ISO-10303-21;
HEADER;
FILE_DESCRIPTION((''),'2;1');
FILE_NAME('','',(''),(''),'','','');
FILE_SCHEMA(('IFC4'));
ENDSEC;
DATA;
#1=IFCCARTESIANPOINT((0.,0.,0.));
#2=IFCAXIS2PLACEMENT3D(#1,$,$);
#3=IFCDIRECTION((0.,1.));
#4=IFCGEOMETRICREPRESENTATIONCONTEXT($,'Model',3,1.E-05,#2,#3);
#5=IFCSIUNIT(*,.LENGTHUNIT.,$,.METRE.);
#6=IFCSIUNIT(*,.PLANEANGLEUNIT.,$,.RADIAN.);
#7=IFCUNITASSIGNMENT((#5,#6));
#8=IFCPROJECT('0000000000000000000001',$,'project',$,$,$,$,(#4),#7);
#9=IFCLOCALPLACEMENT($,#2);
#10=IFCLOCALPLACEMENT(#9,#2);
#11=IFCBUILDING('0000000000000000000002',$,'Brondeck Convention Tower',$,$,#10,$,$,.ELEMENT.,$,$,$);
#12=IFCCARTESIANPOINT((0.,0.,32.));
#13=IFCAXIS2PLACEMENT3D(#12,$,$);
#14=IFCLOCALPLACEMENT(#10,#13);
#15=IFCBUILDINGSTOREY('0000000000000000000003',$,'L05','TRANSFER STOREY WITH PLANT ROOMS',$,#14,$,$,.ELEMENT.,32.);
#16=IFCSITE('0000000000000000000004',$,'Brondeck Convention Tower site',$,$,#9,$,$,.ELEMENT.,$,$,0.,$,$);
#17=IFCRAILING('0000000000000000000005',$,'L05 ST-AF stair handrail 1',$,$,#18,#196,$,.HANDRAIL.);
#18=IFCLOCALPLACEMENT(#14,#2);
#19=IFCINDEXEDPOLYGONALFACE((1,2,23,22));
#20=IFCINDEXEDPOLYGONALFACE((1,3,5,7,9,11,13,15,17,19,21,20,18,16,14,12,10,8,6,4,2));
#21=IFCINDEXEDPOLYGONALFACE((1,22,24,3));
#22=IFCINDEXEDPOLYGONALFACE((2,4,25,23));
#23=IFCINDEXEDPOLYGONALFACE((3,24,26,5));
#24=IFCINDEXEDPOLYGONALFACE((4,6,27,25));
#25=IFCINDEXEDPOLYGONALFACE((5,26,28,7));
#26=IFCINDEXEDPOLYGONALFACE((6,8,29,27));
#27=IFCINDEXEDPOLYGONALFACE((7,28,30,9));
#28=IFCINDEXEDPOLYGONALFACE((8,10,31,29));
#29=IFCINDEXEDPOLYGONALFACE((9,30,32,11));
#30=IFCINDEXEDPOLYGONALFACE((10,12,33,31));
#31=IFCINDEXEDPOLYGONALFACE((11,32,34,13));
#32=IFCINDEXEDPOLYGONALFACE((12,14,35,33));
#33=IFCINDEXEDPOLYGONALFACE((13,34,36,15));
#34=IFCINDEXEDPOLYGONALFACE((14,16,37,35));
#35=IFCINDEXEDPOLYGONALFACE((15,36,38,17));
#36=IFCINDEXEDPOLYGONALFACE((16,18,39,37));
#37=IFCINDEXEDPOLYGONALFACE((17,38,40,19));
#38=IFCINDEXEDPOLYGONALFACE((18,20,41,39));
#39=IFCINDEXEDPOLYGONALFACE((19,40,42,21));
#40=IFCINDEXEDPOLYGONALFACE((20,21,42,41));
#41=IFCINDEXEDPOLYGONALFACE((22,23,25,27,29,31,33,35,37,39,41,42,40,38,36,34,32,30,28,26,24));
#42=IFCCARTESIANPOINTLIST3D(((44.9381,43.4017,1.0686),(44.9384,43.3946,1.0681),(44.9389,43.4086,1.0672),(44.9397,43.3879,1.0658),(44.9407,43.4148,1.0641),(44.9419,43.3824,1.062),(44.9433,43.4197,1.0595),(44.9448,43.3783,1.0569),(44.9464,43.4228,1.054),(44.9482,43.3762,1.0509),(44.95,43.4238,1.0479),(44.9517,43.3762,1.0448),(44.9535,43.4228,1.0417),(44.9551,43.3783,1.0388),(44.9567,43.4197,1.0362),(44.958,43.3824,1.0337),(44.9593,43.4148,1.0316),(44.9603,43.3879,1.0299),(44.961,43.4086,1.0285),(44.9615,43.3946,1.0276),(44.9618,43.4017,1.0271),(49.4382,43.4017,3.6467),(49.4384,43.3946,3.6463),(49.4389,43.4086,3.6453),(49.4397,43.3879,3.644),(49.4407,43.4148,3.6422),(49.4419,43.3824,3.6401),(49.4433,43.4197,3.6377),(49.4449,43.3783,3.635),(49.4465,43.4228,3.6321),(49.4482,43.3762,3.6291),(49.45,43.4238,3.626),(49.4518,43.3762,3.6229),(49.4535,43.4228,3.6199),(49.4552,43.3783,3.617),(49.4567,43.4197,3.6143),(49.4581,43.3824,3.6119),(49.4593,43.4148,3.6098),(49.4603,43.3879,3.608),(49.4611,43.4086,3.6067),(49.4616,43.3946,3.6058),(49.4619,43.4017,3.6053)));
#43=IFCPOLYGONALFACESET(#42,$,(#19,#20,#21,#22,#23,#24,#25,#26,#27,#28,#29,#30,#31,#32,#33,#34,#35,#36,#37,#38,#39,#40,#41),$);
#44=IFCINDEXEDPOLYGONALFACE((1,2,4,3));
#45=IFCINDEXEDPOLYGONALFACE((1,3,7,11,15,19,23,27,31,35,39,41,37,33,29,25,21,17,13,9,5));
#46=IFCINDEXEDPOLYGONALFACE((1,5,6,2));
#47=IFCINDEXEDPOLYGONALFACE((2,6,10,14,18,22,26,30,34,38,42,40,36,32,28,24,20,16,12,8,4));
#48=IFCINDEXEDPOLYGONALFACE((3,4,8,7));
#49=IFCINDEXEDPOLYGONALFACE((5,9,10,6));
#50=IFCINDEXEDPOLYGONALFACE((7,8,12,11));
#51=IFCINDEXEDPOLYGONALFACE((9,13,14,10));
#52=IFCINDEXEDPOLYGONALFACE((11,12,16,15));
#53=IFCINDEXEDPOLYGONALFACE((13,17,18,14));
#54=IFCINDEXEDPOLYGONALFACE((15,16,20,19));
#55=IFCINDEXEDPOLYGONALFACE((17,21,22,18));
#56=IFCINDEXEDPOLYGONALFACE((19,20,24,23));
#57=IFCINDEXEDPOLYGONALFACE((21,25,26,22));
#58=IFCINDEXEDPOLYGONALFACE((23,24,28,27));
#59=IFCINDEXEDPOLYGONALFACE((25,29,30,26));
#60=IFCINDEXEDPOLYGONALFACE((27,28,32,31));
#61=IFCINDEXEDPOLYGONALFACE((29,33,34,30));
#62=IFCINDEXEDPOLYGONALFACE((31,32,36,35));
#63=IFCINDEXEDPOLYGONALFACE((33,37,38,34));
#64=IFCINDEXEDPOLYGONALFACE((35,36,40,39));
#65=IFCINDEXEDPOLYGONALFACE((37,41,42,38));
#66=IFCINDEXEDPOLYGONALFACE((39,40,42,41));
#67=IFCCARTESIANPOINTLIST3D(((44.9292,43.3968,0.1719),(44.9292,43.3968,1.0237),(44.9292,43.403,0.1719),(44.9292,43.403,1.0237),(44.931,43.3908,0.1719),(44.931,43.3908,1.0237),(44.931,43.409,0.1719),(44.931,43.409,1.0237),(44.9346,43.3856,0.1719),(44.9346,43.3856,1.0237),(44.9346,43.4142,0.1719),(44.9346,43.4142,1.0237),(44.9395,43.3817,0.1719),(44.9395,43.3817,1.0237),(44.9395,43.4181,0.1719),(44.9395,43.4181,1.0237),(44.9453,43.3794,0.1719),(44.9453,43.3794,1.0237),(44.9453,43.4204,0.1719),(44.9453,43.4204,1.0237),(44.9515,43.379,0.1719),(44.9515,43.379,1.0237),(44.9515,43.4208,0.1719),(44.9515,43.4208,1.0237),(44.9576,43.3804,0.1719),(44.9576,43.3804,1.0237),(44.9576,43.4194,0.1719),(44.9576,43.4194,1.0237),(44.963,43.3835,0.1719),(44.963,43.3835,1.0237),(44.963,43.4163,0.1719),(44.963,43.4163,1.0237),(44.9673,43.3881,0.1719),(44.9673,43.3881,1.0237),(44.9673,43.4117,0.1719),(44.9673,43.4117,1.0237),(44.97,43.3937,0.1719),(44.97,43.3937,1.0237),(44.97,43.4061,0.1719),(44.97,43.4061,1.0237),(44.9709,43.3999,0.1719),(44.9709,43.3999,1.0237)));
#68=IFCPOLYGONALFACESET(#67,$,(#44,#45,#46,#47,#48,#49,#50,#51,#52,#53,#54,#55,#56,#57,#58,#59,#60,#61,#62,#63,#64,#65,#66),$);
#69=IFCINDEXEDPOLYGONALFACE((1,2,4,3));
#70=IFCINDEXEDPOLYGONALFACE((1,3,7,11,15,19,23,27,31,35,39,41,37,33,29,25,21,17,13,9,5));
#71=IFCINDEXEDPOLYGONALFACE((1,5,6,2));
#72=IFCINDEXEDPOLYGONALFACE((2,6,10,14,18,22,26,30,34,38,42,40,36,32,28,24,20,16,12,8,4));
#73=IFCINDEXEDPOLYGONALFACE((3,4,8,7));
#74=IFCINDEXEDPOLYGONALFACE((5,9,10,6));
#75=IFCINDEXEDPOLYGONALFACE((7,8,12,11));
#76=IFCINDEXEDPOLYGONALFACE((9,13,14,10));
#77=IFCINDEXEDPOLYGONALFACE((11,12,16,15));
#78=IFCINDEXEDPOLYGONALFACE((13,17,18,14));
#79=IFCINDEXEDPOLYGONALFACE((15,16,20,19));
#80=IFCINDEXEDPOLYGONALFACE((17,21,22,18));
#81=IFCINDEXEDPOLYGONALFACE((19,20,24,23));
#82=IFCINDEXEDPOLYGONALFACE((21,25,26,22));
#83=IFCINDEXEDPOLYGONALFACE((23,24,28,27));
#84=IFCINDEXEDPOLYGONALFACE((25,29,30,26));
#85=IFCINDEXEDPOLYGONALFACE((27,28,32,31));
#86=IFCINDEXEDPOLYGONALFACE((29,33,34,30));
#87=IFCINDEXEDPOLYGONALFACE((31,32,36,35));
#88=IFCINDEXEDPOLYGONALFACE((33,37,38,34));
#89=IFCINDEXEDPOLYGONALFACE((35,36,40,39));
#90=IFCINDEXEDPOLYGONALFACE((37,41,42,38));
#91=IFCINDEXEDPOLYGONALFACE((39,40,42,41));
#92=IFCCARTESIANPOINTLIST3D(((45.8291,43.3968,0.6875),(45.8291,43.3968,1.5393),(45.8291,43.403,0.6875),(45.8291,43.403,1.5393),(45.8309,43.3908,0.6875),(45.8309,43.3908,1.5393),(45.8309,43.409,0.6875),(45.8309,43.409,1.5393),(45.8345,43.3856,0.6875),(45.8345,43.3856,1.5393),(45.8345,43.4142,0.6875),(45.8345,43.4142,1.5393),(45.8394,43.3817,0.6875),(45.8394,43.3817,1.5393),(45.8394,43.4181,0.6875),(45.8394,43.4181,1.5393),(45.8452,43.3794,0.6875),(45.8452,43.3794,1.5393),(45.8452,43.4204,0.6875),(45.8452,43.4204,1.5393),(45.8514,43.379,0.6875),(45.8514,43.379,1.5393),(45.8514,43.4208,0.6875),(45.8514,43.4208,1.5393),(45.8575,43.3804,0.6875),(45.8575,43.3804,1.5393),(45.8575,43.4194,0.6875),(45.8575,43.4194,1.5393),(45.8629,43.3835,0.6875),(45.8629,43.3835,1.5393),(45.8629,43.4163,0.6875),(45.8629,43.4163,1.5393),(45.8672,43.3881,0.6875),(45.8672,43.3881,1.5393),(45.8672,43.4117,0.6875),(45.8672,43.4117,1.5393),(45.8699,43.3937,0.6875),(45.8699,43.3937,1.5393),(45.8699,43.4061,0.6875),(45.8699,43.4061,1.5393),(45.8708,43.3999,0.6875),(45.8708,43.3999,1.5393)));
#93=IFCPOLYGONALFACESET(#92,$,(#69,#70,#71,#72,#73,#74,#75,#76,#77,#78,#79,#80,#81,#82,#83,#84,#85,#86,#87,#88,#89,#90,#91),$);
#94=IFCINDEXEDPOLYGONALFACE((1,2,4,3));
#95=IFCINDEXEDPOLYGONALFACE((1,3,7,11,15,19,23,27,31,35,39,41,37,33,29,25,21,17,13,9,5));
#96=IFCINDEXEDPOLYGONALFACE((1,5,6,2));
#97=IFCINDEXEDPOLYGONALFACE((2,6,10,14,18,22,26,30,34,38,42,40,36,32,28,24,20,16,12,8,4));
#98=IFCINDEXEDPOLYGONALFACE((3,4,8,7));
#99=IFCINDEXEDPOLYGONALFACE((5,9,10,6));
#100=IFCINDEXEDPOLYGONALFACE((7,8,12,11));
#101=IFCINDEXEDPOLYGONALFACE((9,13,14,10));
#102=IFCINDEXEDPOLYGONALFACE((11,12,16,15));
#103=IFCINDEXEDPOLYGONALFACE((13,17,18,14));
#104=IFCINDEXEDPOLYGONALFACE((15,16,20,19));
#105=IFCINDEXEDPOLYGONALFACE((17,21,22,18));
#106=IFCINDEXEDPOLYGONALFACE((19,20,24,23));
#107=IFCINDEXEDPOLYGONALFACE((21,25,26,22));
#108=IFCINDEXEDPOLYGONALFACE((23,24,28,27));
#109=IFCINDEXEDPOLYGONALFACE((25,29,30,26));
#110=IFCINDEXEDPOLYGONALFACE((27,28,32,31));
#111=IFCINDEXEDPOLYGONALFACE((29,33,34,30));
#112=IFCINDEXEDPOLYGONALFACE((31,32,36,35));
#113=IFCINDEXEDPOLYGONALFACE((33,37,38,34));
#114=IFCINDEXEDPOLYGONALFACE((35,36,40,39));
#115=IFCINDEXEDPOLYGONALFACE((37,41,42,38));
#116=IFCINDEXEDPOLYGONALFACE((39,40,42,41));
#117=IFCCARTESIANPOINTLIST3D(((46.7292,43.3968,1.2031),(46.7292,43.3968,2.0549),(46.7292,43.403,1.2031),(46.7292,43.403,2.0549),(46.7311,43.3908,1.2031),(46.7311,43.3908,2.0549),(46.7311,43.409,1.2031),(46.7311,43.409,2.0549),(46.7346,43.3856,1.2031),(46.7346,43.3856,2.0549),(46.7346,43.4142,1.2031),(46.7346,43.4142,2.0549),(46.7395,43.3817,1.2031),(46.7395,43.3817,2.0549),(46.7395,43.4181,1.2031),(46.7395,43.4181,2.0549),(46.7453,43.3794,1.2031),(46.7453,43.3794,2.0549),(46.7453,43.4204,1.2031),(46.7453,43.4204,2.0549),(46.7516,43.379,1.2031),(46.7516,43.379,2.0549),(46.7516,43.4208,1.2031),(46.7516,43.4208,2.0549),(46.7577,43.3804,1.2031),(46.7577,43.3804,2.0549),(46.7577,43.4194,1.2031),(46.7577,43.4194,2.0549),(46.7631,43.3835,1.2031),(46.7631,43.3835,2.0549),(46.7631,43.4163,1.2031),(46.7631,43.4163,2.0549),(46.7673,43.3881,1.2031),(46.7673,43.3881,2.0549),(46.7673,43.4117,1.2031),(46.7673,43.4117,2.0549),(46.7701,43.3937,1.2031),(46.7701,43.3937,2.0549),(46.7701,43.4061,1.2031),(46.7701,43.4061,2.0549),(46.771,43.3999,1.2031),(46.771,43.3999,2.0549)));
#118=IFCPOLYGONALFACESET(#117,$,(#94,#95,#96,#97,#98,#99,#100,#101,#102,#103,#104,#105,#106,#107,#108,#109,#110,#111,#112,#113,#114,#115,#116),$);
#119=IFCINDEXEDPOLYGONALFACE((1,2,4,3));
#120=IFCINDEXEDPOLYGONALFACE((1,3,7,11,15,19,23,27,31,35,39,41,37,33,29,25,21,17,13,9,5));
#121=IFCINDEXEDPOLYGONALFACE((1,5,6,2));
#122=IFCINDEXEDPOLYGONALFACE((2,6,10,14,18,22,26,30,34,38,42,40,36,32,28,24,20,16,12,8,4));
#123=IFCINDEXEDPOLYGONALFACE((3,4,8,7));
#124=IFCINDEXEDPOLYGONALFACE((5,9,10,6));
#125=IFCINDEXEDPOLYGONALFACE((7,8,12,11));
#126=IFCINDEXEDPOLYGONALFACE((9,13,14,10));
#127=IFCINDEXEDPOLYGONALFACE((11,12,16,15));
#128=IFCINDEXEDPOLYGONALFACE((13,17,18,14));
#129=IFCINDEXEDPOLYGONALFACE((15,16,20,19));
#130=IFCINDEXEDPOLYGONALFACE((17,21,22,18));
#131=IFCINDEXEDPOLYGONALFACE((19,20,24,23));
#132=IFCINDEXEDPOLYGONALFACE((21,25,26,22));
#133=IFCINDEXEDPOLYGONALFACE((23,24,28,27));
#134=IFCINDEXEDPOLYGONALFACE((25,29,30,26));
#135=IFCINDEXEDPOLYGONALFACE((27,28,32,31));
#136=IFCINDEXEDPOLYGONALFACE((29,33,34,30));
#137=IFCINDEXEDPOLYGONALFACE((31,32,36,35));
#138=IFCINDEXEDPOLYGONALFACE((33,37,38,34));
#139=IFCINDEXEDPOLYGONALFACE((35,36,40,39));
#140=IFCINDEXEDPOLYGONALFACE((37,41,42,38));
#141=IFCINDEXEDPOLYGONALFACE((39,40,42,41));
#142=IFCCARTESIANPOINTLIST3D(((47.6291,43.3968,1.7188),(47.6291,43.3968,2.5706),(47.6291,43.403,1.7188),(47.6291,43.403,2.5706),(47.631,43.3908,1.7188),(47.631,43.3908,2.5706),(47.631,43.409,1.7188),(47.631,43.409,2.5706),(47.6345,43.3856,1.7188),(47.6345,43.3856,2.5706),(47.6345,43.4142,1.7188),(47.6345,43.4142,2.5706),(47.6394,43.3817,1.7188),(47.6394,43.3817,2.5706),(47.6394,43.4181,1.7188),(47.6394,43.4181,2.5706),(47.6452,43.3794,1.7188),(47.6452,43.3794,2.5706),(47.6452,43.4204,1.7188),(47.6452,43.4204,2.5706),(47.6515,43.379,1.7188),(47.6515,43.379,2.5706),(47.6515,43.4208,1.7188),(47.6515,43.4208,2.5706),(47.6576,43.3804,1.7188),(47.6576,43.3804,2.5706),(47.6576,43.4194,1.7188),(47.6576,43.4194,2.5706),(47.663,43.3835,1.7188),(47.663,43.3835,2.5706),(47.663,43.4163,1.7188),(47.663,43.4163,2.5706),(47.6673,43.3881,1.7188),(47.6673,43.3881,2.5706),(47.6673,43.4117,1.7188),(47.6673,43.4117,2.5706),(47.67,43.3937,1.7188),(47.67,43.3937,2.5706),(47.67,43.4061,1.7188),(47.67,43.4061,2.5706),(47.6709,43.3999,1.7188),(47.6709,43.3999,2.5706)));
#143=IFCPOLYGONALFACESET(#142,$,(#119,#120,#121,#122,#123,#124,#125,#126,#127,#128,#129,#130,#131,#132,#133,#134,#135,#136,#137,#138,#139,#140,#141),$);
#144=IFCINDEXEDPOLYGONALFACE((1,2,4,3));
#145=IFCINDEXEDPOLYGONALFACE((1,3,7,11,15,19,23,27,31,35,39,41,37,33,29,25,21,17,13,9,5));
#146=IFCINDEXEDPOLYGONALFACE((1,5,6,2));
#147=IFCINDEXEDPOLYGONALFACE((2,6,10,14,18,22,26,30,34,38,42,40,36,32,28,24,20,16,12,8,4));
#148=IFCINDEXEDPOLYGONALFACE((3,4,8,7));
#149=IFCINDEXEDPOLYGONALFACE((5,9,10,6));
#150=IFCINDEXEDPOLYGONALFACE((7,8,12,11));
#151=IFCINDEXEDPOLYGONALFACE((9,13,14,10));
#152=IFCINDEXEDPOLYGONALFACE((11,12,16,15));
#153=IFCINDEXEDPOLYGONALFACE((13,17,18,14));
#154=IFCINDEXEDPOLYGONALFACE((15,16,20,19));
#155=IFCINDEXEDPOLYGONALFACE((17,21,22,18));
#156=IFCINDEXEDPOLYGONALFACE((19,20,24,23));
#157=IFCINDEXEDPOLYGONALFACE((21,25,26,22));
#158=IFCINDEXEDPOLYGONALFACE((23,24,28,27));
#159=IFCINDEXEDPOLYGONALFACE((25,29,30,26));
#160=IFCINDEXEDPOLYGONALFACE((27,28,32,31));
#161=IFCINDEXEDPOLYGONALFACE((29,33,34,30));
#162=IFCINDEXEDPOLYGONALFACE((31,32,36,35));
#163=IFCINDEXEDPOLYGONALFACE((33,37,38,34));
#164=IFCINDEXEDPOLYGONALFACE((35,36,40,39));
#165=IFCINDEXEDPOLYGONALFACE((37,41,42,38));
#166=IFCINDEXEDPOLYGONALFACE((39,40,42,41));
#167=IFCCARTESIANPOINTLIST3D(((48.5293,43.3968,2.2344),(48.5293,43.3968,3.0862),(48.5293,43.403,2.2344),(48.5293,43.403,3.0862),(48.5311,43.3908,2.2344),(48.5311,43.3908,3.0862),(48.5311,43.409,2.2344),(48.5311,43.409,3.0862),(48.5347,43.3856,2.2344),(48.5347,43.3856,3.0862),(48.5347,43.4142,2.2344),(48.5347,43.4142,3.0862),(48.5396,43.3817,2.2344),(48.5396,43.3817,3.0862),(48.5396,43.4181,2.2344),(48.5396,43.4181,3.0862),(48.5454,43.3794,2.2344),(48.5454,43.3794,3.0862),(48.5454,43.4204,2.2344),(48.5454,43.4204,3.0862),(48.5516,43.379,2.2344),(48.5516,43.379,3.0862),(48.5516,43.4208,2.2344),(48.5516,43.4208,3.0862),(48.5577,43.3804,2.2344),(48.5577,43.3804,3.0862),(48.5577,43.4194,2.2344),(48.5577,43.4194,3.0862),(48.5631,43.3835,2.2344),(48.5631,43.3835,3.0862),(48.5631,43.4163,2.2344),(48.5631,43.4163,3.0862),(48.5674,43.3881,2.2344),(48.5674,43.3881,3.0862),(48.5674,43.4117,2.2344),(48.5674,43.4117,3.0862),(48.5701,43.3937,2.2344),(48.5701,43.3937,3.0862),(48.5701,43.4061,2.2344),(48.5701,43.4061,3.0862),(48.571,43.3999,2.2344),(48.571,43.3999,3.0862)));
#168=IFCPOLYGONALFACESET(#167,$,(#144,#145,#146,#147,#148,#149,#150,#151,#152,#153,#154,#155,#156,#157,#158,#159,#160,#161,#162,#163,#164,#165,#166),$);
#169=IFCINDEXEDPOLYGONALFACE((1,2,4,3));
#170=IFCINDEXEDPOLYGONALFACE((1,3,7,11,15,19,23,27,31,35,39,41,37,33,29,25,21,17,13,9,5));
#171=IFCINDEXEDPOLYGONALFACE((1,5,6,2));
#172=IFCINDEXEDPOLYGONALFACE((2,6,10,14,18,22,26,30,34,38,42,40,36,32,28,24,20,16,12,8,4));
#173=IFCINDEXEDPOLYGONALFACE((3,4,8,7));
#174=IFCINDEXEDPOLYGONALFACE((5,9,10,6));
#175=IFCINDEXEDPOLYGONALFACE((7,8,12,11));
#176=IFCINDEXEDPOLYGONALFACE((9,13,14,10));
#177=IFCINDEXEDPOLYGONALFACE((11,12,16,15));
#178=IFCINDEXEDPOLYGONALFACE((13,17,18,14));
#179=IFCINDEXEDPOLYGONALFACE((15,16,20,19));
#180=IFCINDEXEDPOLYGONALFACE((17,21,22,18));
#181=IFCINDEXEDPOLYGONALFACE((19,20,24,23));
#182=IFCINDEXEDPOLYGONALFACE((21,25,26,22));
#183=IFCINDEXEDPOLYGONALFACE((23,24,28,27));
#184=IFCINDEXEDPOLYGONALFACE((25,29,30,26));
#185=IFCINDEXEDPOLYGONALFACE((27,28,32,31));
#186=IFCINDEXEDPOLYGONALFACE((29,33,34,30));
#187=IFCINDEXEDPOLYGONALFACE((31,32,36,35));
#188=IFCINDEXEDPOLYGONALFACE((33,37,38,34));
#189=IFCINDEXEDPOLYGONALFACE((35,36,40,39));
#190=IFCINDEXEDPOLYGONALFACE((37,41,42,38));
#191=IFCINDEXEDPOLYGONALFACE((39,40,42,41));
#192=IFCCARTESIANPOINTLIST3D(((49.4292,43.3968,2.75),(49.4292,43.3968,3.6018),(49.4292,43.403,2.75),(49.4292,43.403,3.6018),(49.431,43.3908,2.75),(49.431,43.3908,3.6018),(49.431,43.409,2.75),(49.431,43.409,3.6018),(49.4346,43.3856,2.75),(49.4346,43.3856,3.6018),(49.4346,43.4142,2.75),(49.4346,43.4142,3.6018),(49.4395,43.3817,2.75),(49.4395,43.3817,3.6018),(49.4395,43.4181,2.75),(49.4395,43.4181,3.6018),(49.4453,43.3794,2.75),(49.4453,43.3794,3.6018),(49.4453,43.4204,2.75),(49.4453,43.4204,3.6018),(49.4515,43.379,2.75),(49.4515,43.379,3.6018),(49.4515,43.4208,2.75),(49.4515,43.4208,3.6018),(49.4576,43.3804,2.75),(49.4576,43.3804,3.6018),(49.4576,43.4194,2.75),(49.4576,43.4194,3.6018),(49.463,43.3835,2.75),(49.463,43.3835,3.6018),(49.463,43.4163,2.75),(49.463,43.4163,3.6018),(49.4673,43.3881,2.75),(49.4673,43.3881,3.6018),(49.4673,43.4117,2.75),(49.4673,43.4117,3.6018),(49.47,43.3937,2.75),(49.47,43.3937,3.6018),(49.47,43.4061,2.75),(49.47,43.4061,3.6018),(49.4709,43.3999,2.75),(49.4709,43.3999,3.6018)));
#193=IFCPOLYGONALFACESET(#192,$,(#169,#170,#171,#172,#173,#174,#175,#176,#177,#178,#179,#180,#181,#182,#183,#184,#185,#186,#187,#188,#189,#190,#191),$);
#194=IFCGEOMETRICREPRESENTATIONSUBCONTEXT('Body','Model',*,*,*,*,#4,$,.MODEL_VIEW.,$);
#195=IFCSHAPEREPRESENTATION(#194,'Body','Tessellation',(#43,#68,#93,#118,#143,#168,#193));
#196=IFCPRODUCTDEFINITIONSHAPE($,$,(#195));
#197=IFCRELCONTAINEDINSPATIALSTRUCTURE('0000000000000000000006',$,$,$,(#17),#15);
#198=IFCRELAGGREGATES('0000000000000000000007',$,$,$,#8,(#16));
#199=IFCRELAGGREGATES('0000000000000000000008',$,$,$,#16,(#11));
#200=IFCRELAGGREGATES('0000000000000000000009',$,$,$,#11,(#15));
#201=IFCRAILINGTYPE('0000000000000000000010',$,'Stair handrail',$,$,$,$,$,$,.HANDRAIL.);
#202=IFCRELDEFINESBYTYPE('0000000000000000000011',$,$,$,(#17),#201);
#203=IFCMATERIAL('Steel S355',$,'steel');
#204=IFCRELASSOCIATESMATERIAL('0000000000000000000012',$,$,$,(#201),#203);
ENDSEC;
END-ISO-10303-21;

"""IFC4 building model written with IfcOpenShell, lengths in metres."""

from ifc_helpers import new_model, si_unit, direction, frame, origin, origin_2d, place, context, subcontext, project, spatial, circle, extrude, material, type_object, element, save


model = new_model("IFC4")

# Units and contexts
model_context = context("Model", 3, precision=1e-05, world=origin(), true_north=direction((0.0, 1.0)))
body_context = subcontext(model_context, "Body", "Model", "MODEL_VIEW")
ifc_project = project(units=[si_unit("LENGTHUNIT", "METRE"), si_unit("PLANEANGLEUNIT", "RADIAN")], contexts=[model_context])

# Site, building, storey
site_placement = place(None, origin())
site = spatial("IfcSite", under=ifc_project, at=site_placement, Name="Brondeck Convention Tower site", CompositionType="ELEMENT", RefElevation=0.0)
building_placement = place(site_placement, origin())
building = spatial("IfcBuilding", under=site, at=building_placement, Name="Brondeck Convention Tower", CompositionType="ELEMENT")
storey_placement = place(building_placement, frame((0.0, 0.0, 32.0)))
storey = spatial("IfcBuildingStorey", under=building, at=storey_placement, Name="L05", Description="TRANSFER STOREY WITH PLANT ROOMS", CompositionType="ELEMENT", Elevation=32.0)

# Shared definitions
ifc_material_1 = material(Name="Steel S355", Category="steel")

# Railing
railing_type_1 = type_object("IfcRailingType", Name="Stair handrail", PredefinedType="HANDRAIL", material=ifc_material_1)
railing_1_placement = place(storey_placement, frame((44.95, 43.3999, 0.1719)))
element("IfcRailing", 1, at=railing_1_placement, inside=storey, type_object=railing_type_1, Name="L05 ST-AF stair handrail 1", PredefinedType="HANDRAIL", context=body_context, shape_type="SweptSolid", body=[
    extrude(circle(Radius=0.0239, at=origin_2d()), frame((0.0, 0.0, 0.876), z_axis=(0.867686, 0.0, 0.497112), x_axis=(0.0, 1.0, 0.0)), (0.0, 0.0, 1.0), 5.1863),
    extrude(circle(Radius=0.021, at=origin_2d()), origin(), (0.0, 0.0, 1.0), 0.8518),
    extrude(circle(Radius=0.021, at=origin_2d()), frame((0.8999, 0.0, 0.5156)), (0.0, 0.0, 1.0), 0.8518),
    extrude(circle(Radius=0.021, at=origin_2d()), frame((1.8, 0.0, 1.0312)), (0.0, 0.0, 1.0), 0.8518),
    extrude(circle(Radius=0.021, at=origin_2d()), frame((2.7, 0.0, 1.5469)), (0.0, 0.0, 1.0), 0.8518),
    extrude(circle(Radius=0.021, at=origin_2d()), frame((3.6001, 0.0, 2.0625)), (0.0, 0.0, 1.0), 0.8518),
    extrude(circle(Radius=0.021, at=origin_2d()), frame((4.5, 0.0, 2.5781)), (0.0, 0.0, 1.0), 0.8518),
])

save(model, "model.ifc")
